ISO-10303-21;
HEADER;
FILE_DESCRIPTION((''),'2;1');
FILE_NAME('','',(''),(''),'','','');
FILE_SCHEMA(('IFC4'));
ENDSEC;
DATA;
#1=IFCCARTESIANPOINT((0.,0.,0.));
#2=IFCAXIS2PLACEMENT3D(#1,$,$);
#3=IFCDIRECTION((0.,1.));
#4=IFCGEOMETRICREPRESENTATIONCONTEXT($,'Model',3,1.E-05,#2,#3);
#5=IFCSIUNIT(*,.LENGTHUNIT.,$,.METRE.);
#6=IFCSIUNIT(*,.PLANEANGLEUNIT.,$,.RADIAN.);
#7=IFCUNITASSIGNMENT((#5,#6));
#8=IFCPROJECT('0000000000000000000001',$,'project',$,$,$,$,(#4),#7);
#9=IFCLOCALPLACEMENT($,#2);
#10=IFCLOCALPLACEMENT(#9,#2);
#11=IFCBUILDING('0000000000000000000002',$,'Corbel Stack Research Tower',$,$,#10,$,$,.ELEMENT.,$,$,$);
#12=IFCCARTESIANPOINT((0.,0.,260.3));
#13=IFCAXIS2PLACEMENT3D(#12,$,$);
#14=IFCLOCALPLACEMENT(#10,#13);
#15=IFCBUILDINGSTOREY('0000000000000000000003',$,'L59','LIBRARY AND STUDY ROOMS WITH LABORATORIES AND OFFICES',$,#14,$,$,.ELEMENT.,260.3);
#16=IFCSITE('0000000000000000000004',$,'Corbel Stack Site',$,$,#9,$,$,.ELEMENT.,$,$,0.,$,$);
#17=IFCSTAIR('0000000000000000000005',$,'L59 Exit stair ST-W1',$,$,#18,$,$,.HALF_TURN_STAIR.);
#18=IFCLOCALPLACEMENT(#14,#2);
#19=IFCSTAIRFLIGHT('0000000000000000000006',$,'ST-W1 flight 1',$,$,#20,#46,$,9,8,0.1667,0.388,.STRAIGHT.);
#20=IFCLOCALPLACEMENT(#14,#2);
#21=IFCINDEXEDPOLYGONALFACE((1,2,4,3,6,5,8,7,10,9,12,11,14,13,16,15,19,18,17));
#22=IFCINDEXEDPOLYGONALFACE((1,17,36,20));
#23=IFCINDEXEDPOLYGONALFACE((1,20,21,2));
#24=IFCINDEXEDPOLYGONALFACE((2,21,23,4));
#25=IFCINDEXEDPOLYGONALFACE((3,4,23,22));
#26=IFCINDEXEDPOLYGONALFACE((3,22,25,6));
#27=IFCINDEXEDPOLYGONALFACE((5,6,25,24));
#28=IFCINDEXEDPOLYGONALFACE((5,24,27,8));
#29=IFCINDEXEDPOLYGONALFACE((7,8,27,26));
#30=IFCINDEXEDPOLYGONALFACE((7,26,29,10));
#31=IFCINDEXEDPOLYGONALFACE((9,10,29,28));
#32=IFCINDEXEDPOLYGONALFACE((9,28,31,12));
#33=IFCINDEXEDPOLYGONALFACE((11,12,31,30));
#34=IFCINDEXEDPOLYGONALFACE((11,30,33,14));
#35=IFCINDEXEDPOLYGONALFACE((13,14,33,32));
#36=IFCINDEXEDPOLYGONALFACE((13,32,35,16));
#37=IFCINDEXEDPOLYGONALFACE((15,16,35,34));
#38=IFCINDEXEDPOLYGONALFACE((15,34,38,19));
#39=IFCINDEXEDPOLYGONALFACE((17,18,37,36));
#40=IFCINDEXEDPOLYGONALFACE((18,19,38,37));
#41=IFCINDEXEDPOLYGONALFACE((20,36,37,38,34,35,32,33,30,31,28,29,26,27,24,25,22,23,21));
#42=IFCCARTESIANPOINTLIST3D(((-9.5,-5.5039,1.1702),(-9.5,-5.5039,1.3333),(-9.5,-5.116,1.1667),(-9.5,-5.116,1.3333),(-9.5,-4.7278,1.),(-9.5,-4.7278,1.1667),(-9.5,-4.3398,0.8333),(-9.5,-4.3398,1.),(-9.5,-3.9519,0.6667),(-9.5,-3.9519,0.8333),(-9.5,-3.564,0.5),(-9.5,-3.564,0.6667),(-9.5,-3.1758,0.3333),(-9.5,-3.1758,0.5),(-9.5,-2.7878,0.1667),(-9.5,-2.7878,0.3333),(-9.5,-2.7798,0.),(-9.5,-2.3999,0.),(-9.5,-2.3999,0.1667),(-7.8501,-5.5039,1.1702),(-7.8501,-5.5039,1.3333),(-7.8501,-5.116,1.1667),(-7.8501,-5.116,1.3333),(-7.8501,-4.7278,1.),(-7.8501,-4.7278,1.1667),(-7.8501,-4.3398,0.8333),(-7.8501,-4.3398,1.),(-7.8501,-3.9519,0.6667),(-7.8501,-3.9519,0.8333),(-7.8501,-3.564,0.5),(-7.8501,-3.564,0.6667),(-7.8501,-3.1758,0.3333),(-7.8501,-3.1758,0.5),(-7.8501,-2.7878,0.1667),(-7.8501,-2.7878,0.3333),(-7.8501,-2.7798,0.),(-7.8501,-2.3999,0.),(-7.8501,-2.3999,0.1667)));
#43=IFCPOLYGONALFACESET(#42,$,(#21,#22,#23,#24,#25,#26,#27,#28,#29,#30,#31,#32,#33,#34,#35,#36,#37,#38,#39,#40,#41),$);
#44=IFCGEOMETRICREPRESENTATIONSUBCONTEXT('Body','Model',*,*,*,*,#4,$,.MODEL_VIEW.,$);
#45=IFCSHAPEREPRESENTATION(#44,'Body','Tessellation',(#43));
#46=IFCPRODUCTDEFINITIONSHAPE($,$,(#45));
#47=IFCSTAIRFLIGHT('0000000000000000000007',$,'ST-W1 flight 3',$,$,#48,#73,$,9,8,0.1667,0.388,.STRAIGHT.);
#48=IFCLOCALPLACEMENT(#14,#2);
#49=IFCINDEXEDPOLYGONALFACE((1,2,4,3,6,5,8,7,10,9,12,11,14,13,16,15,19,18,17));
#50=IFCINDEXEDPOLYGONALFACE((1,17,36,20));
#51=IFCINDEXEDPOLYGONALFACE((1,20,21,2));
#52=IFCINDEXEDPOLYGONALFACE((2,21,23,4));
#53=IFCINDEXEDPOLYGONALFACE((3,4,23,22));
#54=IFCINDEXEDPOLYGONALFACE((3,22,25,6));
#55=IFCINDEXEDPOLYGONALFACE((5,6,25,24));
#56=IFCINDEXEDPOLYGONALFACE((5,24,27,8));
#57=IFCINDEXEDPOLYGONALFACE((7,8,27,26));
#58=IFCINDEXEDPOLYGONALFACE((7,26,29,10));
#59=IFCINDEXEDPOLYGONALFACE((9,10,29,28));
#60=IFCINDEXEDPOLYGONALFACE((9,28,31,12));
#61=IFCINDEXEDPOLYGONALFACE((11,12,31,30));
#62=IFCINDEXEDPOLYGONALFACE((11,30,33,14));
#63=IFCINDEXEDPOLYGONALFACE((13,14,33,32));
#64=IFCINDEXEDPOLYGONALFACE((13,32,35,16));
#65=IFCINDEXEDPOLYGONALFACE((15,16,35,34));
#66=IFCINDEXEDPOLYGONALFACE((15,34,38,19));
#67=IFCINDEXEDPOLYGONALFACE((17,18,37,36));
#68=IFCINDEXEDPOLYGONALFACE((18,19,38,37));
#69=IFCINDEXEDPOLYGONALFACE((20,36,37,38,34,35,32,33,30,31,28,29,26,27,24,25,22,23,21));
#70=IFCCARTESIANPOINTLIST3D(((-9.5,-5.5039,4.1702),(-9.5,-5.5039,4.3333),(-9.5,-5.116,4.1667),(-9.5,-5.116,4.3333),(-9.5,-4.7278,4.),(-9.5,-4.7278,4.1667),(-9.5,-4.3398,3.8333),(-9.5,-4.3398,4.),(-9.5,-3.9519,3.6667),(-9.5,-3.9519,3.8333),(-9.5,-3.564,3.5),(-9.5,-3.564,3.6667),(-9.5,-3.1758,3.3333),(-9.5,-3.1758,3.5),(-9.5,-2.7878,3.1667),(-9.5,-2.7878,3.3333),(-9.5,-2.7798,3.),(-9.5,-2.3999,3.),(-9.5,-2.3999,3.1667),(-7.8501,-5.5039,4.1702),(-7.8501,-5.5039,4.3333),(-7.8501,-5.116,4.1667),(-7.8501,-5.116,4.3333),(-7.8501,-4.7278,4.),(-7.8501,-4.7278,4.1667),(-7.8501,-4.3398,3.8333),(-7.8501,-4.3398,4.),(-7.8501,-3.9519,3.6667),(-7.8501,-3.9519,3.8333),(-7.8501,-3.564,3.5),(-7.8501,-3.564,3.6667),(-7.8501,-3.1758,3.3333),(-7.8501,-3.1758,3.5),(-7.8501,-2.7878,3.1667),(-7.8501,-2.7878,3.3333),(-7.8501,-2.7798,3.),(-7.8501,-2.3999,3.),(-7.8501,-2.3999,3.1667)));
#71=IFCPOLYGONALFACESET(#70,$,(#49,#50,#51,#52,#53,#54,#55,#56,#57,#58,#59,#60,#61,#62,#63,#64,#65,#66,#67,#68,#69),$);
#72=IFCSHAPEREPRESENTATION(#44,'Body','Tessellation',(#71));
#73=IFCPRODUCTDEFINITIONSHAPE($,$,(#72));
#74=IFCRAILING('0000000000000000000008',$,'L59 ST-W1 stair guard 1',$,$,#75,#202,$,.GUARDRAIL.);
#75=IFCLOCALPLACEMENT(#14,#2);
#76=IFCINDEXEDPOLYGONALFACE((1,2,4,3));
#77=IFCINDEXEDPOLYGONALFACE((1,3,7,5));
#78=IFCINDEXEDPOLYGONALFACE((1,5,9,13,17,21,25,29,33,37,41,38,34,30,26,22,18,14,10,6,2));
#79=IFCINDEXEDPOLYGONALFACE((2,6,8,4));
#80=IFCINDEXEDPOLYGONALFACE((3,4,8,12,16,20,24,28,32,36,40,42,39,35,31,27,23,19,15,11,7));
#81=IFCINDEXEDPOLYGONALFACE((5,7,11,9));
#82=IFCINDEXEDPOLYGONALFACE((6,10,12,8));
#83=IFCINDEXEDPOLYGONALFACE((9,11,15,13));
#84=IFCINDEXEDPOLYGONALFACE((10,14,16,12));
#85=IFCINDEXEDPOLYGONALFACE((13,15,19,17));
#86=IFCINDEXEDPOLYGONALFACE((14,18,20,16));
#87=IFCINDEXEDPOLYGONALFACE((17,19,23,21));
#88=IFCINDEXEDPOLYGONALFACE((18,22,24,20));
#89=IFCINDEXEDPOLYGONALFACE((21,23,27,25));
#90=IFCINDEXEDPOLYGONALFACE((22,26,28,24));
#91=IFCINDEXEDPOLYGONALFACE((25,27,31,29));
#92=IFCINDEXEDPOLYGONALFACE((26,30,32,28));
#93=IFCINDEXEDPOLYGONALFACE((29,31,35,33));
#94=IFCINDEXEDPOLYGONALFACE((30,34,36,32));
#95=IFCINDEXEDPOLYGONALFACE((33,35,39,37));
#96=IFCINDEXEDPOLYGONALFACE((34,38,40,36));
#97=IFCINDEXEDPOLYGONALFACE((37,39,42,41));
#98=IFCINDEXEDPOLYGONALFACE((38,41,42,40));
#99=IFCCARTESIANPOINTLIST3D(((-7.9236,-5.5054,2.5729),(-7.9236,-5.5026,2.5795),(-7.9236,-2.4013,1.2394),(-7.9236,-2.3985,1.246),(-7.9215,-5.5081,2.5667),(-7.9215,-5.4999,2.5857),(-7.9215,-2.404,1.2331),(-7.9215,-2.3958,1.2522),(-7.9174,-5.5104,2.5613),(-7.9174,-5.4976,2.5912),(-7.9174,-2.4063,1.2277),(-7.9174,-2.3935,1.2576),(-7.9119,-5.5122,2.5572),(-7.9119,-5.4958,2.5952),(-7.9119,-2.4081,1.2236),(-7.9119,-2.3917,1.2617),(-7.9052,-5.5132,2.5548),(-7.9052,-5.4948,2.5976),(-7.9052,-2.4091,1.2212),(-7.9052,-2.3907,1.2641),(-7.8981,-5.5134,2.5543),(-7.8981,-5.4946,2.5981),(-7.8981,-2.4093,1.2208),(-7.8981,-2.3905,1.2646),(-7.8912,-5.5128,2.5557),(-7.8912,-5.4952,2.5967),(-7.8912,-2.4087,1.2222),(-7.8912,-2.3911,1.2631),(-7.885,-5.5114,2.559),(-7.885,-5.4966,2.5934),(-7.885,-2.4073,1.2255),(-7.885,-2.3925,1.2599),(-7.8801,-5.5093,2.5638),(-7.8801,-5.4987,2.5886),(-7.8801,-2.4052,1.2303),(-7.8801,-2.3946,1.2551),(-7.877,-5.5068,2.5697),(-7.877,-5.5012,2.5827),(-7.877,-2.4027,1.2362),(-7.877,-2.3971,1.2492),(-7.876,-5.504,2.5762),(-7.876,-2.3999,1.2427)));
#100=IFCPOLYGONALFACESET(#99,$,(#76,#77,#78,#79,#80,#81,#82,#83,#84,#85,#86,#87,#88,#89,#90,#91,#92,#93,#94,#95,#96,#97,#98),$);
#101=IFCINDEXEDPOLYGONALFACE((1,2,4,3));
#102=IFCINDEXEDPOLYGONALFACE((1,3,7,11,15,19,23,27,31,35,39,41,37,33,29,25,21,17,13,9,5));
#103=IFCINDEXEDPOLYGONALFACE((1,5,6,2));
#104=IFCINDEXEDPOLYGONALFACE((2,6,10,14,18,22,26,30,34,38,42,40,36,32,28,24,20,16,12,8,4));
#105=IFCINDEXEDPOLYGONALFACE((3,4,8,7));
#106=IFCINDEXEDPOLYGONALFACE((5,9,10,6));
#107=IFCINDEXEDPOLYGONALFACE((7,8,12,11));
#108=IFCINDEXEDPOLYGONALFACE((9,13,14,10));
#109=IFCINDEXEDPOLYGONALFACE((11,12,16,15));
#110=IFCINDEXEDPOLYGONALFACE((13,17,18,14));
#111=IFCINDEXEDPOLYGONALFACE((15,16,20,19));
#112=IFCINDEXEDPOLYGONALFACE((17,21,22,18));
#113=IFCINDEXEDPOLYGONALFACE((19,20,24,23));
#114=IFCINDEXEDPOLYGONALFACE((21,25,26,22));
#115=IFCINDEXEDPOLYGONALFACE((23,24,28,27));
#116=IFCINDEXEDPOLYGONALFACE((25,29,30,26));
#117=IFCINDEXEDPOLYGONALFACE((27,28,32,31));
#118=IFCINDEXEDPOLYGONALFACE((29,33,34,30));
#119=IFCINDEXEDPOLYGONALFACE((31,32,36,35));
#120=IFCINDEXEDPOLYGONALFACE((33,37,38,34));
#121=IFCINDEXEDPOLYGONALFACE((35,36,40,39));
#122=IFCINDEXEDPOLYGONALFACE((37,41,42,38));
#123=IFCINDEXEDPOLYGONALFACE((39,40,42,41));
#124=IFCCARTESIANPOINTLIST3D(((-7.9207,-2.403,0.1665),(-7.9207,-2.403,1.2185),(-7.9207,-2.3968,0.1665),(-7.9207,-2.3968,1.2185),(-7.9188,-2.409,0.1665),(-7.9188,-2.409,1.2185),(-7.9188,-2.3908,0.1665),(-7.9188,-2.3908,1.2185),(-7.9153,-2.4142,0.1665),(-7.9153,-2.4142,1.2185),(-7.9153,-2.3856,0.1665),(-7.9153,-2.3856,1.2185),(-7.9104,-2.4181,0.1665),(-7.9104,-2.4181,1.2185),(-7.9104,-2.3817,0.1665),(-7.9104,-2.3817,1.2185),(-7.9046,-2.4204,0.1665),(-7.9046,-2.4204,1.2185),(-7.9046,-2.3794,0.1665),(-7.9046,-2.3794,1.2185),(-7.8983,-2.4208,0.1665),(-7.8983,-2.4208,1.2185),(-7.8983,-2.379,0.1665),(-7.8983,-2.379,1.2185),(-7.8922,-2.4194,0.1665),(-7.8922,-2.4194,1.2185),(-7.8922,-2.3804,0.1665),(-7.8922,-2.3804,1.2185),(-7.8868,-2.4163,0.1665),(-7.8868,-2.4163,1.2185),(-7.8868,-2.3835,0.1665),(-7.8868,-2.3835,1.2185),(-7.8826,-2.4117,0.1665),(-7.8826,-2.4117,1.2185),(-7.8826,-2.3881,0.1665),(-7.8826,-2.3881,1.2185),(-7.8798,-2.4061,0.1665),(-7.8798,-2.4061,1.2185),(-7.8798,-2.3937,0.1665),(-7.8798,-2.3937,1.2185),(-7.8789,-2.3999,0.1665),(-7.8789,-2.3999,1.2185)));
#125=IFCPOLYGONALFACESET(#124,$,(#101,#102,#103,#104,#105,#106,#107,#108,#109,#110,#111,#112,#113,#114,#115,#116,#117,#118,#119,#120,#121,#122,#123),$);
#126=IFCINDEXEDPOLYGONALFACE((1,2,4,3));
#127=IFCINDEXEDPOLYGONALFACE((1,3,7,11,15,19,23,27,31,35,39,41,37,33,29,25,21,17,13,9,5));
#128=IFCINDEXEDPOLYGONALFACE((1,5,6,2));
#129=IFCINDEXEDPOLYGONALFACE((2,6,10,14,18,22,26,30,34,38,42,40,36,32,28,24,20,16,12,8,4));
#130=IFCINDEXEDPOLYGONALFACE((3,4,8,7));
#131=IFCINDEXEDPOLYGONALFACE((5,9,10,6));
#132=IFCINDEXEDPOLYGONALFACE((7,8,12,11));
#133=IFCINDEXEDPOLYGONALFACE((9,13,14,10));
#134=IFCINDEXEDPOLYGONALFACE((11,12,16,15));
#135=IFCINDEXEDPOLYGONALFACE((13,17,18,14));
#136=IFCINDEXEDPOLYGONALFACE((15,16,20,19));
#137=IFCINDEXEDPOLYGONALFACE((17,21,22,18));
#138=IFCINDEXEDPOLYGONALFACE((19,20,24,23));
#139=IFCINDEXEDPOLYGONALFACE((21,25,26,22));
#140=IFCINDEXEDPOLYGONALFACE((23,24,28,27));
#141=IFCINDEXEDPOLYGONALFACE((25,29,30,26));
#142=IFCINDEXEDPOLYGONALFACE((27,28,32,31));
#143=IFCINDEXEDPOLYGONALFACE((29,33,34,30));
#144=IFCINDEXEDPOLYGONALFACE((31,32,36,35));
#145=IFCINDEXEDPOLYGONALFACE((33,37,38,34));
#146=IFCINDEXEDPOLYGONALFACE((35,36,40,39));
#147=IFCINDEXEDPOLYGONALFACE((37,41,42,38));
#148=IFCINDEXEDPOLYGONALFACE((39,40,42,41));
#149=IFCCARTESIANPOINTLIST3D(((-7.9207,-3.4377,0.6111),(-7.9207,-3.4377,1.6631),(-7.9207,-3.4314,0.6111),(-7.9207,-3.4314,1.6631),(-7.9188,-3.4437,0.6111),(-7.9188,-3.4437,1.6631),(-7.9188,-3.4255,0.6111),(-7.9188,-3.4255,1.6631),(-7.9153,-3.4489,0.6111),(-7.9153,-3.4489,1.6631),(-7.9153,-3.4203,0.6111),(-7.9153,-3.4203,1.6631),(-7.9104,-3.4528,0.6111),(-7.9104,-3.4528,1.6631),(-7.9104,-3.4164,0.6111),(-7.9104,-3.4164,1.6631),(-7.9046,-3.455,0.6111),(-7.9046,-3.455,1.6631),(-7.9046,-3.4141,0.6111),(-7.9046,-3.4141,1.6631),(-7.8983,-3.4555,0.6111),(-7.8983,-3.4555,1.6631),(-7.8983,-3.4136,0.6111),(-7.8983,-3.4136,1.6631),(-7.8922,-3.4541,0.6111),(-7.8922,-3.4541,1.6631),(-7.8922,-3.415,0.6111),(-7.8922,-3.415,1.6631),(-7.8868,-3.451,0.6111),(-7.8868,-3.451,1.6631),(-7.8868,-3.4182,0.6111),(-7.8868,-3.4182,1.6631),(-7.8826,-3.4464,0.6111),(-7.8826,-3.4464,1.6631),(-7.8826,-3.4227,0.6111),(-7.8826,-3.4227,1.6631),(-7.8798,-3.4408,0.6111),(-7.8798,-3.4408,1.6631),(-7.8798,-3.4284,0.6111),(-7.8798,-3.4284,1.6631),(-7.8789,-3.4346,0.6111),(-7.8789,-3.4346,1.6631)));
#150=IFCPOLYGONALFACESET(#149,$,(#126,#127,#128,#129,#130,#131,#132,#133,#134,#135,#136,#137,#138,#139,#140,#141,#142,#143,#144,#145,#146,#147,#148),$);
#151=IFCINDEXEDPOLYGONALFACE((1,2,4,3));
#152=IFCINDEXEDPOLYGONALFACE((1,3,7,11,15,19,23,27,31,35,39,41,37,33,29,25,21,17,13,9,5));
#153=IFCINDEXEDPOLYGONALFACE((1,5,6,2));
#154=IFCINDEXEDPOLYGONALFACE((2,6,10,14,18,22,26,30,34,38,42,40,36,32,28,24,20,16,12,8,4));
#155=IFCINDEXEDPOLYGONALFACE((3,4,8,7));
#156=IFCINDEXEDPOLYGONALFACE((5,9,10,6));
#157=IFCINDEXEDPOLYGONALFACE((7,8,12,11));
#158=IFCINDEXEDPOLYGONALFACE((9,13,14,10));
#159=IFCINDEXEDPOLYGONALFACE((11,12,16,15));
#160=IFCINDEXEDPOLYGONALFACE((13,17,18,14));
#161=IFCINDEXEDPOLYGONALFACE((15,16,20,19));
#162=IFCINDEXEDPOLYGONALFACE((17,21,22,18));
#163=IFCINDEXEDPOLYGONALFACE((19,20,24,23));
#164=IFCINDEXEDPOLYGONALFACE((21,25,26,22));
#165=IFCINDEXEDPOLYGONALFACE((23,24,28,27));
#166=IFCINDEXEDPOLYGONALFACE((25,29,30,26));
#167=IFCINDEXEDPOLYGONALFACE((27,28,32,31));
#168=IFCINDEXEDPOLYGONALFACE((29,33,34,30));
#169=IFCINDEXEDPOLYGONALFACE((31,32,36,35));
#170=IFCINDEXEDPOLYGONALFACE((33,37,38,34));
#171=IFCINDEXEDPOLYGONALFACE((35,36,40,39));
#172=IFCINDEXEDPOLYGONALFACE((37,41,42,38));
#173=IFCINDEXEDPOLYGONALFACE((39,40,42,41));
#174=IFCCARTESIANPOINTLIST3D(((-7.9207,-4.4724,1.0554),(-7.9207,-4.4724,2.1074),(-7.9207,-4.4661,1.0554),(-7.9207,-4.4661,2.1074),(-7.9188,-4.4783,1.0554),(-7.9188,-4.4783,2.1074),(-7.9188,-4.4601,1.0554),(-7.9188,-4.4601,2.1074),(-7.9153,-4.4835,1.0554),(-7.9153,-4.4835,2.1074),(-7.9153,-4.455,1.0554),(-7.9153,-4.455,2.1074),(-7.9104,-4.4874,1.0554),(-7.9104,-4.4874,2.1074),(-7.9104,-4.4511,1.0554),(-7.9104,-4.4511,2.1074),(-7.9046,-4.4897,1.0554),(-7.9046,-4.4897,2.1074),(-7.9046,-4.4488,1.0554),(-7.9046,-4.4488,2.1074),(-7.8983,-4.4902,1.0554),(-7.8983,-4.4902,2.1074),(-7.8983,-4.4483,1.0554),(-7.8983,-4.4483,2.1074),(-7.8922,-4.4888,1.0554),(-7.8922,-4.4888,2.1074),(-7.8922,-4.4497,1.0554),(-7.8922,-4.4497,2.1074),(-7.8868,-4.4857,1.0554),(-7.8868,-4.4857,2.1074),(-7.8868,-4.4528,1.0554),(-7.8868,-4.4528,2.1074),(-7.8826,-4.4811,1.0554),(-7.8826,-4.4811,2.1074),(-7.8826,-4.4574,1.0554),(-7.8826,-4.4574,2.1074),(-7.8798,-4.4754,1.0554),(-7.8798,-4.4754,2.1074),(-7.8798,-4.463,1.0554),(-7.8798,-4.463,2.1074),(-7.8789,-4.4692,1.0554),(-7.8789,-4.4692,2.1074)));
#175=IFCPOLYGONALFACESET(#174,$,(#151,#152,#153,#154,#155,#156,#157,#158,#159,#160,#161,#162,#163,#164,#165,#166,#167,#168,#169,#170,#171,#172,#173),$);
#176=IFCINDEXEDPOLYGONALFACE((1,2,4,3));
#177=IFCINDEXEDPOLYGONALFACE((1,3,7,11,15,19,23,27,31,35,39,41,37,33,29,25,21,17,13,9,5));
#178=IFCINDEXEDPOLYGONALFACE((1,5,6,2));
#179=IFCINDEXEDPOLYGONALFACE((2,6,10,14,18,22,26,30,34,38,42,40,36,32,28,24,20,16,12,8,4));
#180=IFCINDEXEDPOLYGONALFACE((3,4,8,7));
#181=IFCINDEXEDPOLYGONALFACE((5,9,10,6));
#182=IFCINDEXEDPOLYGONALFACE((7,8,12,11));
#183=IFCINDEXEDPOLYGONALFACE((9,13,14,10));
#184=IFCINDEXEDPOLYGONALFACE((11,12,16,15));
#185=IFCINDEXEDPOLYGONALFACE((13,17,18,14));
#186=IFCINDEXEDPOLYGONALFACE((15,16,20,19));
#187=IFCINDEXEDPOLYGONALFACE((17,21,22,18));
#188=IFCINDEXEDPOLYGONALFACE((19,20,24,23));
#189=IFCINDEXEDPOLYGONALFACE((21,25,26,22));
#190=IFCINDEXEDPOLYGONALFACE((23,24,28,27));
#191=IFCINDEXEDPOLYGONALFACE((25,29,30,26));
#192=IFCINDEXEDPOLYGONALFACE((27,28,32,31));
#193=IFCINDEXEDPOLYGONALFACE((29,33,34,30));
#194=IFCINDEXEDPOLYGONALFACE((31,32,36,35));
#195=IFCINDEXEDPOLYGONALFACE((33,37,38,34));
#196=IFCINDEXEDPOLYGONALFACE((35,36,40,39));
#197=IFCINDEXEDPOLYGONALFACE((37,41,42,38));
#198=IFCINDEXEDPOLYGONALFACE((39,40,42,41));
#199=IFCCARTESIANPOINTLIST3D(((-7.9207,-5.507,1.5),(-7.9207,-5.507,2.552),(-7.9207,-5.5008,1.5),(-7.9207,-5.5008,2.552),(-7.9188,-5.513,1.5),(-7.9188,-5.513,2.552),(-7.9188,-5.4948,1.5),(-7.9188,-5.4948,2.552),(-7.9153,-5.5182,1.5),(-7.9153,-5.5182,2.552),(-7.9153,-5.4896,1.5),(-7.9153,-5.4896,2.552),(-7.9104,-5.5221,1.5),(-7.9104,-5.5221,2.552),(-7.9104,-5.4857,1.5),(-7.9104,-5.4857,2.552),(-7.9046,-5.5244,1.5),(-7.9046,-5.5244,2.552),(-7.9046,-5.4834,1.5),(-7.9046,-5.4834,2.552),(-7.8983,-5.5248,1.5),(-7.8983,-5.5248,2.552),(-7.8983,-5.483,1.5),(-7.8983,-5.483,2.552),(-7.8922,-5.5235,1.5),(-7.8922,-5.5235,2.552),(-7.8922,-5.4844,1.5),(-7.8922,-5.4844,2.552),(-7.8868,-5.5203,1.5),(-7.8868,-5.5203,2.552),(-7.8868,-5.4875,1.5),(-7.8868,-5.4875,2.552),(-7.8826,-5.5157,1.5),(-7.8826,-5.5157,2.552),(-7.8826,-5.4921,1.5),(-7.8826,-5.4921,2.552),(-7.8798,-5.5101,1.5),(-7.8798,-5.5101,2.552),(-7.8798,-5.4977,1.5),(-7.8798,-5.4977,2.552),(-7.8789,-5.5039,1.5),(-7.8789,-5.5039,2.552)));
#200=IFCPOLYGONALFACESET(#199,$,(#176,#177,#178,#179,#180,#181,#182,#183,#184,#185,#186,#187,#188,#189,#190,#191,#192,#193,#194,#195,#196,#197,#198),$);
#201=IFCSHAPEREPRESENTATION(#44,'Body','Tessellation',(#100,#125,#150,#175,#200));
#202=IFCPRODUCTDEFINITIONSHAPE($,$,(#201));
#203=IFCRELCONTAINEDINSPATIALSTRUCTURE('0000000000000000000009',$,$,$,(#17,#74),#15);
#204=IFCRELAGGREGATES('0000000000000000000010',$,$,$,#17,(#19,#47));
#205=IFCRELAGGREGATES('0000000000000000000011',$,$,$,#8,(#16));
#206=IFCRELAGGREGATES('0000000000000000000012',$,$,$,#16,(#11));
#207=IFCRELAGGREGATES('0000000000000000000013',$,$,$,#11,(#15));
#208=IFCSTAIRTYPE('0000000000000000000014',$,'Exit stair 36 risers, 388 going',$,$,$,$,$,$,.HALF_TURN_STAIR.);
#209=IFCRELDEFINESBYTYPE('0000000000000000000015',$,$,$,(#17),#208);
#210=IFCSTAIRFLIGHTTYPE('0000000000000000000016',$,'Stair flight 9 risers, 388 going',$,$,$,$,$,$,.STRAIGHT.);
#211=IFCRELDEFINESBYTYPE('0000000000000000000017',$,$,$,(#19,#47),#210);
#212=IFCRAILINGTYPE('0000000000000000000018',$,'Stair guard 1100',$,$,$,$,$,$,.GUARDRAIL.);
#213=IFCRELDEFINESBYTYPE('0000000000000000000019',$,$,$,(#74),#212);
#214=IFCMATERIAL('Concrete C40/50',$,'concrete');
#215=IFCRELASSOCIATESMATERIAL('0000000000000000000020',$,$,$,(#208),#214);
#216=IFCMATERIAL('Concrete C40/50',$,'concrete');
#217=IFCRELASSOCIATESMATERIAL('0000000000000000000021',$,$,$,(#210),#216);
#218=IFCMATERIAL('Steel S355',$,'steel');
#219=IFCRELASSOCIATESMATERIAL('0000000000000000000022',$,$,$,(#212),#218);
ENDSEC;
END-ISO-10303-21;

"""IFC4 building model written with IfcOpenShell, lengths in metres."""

from ifc_helpers import new_model, si_unit, direction, frame, origin, origin_2d, place, context, subcontext, project, spatial, polyline, circle, outline, extrude, material, type_object, element, aggregate, save


model = new_model("IFC4")

# Units and contexts
model_context = context("Model", 3, precision=1e-05, world=origin(), true_north=direction((0.0, 1.0)))
body_context = subcontext(model_context, "Body", "Model", "MODEL_VIEW")
ifc_project = project(units=[si_unit("LENGTHUNIT", "METRE"), si_unit("PLANEANGLEUNIT", "RADIAN")], contexts=[model_context])

# Site, building, storey
site_placement = place(None, origin())
site = spatial("IfcSite", under=ifc_project, at=site_placement, Name="Corbel Stack Site", CompositionType="ELEMENT", RefElevation=0.0)
building_placement = place(site_placement, origin())
building = spatial("IfcBuilding", under=site, at=building_placement, Name="Corbel Stack Research Tower", CompositionType="ELEMENT")
storey_placement = place(building_placement, frame((0.0, 0.0, 260.3)))
storey = spatial("IfcBuildingStorey", under=building, at=storey_placement, Name="L59", Description="LIBRARY AND STUDY ROOMS WITH LABORATORIES AND OFFICES", CompositionType="ELEMENT", Elevation=260.3)

# Stair, stair flights
ifc_material_1 = material(Name="Concrete C40/50", Category="concrete")
stair_type = type_object("IfcStairType", Name="Exit stair 36 risers, 388 going", PredefinedType="HALF_TURN_STAIR", material=ifc_material_1)
stair_placement = place(storey_placement, origin())
stair = element("IfcStair", 1, at=stair_placement, inside=storey, type_object=stair_type, Name="L59 Exit stair ST-W1", PredefinedType="HALF_TURN_STAIR")
ifc_material_2 = material(Name="Concrete C40/50", Category="concrete")
stair_flight_type = type_object("IfcStairFlightType", Name="Stair flight 9 risers, 388 going", PredefinedType="STRAIGHT", material=ifc_material_2)
stair_flight_1_placement = place(storey_placement, frame((-8.675, -2.3999, 0.0), z_axis=(0.0, 0.0, 1.0), x_axis=(0.0, -1.0, 0.0)))
stair_flight_1 = element("IfcStairFlight", 2, at=stair_flight_1_placement, type_object=stair_flight_type, Name="ST-W1 flight 1", NumberOfRisers=9, NumberOfTreads=8, PredefinedType="STRAIGHT", RiserHeight=0.1667, TreadLength=0.388, context=body_context, shape_type="SweptSolid", body=[
    extrude(outline(polyline([(0.0, 0.0), (0.0, 0.1667), (0.3879, 0.1667), (0.3879, 0.3333), (0.7759, 0.3333), (0.7759, 0.5), (1.1641, 0.5), (1.1641, 0.6667), (1.552, 0.6667), (1.552, 0.8333), (1.9399, 0.8333), (1.9399, 1.0), (2.3279, 1.0), (2.3279, 1.1667), (2.7161, 1.1667), (2.7161, 1.3333), (3.104, 1.3333), (3.104, 1.5), (3.104, 1.1702), (0.3799, 0.0), (0.0, 0.0)])), frame((0.0, 0.825, 0.0), z_axis=(0.0, -1.0, 0.0), x_axis=(1.0, 0.0, 0.0)), (0.0, 0.0, 1.0), 1.6499),
])
stair_flight_2_placement = place(storey_placement, frame((-8.675, -2.3999, 3.0), z_axis=(0.0, 0.0, 1.0), x_axis=(0.0, -1.0, 0.0)))
stair_flight_2 = element("IfcStairFlight", 3, at=stair_flight_2_placement, type_object=stair_flight_type, Name="ST-W1 flight 3", NumberOfRisers=9, NumberOfTreads=8, PredefinedType="STRAIGHT", RiserHeight=0.1667, TreadLength=0.388, context=body_context, shape_type="SweptSolid", body=[
    extrude(outline(polyline([(0.0, 0.0), (0.0, 0.1667), (0.3879, 0.1667), (0.3879, 0.3333), (0.7759, 0.3333), (0.7759, 0.5), (1.1641, 0.5), (1.1641, 0.6667), (1.552, 0.6667), (1.552, 0.8333), (1.9399, 0.8333), (1.9399, 1.0), (2.3279, 1.0), (2.3279, 1.1667), (2.7161, 1.1667), (2.7161, 1.3333), (3.104, 1.3333), (3.104, 1.5), (3.104, 1.1702), (0.3799, 0.0), (0.0, 0.0)])), frame((0.0, 0.825, 0.0), z_axis=(0.0, -1.0, 0.0), x_axis=(1.0, 0.0, 0.0)), (0.0, 0.0, 1.0), 1.6499),
])
aggregate(stair, [stair_flight_1, stair_flight_2])

# Railing
ifc_material_3 = material(Name="Steel S355", Category="steel")
railing_type_1 = type_object("IfcRailingType", Name="Stair guard 1100", PredefinedType="GUARDRAIL", material=ifc_material_3)
railing_1_placement = place(storey_placement, frame((-7.8999, -2.3999, 0.1665)))
element("IfcRailing", 4, at=railing_1_placement, inside=storey, type_object=railing_type_1, Name="L59 ST-W1 stair guard 1", PredefinedType="GUARDRAIL", context=body_context, shape_type="SweptSolid", body=[
    extrude(circle(Radius=0.0239, at=origin_2d()), frame((0.0, 0.0, 1.0762), z_axis=(0.0, -0.918801, 0.394722), x_axis=(1.0, 0.0, 0.0)), (0.0, 0.0, 1.0), 3.3784),
    extrude(circle(Radius=0.021, at=origin_2d()), origin(), (0.0, 0.0, 1.0), 1.052),
    extrude(circle(Radius=0.021, at=origin_2d()), frame((0.0, -1.0347, 0.4446)), (0.0, 0.0, 1.0), 1.052),
    extrude(circle(Radius=0.021, at=origin_2d()), frame((0.0, -2.0693, 0.8889)), (0.0, 0.0, 1.0), 1.052),
    extrude(circle(Radius=0.021, at=origin_2d()), frame((0.0, -3.104, 1.3335)), (0.0, 0.0, 1.0), 1.052),
])

save(model, "model.ifc")
